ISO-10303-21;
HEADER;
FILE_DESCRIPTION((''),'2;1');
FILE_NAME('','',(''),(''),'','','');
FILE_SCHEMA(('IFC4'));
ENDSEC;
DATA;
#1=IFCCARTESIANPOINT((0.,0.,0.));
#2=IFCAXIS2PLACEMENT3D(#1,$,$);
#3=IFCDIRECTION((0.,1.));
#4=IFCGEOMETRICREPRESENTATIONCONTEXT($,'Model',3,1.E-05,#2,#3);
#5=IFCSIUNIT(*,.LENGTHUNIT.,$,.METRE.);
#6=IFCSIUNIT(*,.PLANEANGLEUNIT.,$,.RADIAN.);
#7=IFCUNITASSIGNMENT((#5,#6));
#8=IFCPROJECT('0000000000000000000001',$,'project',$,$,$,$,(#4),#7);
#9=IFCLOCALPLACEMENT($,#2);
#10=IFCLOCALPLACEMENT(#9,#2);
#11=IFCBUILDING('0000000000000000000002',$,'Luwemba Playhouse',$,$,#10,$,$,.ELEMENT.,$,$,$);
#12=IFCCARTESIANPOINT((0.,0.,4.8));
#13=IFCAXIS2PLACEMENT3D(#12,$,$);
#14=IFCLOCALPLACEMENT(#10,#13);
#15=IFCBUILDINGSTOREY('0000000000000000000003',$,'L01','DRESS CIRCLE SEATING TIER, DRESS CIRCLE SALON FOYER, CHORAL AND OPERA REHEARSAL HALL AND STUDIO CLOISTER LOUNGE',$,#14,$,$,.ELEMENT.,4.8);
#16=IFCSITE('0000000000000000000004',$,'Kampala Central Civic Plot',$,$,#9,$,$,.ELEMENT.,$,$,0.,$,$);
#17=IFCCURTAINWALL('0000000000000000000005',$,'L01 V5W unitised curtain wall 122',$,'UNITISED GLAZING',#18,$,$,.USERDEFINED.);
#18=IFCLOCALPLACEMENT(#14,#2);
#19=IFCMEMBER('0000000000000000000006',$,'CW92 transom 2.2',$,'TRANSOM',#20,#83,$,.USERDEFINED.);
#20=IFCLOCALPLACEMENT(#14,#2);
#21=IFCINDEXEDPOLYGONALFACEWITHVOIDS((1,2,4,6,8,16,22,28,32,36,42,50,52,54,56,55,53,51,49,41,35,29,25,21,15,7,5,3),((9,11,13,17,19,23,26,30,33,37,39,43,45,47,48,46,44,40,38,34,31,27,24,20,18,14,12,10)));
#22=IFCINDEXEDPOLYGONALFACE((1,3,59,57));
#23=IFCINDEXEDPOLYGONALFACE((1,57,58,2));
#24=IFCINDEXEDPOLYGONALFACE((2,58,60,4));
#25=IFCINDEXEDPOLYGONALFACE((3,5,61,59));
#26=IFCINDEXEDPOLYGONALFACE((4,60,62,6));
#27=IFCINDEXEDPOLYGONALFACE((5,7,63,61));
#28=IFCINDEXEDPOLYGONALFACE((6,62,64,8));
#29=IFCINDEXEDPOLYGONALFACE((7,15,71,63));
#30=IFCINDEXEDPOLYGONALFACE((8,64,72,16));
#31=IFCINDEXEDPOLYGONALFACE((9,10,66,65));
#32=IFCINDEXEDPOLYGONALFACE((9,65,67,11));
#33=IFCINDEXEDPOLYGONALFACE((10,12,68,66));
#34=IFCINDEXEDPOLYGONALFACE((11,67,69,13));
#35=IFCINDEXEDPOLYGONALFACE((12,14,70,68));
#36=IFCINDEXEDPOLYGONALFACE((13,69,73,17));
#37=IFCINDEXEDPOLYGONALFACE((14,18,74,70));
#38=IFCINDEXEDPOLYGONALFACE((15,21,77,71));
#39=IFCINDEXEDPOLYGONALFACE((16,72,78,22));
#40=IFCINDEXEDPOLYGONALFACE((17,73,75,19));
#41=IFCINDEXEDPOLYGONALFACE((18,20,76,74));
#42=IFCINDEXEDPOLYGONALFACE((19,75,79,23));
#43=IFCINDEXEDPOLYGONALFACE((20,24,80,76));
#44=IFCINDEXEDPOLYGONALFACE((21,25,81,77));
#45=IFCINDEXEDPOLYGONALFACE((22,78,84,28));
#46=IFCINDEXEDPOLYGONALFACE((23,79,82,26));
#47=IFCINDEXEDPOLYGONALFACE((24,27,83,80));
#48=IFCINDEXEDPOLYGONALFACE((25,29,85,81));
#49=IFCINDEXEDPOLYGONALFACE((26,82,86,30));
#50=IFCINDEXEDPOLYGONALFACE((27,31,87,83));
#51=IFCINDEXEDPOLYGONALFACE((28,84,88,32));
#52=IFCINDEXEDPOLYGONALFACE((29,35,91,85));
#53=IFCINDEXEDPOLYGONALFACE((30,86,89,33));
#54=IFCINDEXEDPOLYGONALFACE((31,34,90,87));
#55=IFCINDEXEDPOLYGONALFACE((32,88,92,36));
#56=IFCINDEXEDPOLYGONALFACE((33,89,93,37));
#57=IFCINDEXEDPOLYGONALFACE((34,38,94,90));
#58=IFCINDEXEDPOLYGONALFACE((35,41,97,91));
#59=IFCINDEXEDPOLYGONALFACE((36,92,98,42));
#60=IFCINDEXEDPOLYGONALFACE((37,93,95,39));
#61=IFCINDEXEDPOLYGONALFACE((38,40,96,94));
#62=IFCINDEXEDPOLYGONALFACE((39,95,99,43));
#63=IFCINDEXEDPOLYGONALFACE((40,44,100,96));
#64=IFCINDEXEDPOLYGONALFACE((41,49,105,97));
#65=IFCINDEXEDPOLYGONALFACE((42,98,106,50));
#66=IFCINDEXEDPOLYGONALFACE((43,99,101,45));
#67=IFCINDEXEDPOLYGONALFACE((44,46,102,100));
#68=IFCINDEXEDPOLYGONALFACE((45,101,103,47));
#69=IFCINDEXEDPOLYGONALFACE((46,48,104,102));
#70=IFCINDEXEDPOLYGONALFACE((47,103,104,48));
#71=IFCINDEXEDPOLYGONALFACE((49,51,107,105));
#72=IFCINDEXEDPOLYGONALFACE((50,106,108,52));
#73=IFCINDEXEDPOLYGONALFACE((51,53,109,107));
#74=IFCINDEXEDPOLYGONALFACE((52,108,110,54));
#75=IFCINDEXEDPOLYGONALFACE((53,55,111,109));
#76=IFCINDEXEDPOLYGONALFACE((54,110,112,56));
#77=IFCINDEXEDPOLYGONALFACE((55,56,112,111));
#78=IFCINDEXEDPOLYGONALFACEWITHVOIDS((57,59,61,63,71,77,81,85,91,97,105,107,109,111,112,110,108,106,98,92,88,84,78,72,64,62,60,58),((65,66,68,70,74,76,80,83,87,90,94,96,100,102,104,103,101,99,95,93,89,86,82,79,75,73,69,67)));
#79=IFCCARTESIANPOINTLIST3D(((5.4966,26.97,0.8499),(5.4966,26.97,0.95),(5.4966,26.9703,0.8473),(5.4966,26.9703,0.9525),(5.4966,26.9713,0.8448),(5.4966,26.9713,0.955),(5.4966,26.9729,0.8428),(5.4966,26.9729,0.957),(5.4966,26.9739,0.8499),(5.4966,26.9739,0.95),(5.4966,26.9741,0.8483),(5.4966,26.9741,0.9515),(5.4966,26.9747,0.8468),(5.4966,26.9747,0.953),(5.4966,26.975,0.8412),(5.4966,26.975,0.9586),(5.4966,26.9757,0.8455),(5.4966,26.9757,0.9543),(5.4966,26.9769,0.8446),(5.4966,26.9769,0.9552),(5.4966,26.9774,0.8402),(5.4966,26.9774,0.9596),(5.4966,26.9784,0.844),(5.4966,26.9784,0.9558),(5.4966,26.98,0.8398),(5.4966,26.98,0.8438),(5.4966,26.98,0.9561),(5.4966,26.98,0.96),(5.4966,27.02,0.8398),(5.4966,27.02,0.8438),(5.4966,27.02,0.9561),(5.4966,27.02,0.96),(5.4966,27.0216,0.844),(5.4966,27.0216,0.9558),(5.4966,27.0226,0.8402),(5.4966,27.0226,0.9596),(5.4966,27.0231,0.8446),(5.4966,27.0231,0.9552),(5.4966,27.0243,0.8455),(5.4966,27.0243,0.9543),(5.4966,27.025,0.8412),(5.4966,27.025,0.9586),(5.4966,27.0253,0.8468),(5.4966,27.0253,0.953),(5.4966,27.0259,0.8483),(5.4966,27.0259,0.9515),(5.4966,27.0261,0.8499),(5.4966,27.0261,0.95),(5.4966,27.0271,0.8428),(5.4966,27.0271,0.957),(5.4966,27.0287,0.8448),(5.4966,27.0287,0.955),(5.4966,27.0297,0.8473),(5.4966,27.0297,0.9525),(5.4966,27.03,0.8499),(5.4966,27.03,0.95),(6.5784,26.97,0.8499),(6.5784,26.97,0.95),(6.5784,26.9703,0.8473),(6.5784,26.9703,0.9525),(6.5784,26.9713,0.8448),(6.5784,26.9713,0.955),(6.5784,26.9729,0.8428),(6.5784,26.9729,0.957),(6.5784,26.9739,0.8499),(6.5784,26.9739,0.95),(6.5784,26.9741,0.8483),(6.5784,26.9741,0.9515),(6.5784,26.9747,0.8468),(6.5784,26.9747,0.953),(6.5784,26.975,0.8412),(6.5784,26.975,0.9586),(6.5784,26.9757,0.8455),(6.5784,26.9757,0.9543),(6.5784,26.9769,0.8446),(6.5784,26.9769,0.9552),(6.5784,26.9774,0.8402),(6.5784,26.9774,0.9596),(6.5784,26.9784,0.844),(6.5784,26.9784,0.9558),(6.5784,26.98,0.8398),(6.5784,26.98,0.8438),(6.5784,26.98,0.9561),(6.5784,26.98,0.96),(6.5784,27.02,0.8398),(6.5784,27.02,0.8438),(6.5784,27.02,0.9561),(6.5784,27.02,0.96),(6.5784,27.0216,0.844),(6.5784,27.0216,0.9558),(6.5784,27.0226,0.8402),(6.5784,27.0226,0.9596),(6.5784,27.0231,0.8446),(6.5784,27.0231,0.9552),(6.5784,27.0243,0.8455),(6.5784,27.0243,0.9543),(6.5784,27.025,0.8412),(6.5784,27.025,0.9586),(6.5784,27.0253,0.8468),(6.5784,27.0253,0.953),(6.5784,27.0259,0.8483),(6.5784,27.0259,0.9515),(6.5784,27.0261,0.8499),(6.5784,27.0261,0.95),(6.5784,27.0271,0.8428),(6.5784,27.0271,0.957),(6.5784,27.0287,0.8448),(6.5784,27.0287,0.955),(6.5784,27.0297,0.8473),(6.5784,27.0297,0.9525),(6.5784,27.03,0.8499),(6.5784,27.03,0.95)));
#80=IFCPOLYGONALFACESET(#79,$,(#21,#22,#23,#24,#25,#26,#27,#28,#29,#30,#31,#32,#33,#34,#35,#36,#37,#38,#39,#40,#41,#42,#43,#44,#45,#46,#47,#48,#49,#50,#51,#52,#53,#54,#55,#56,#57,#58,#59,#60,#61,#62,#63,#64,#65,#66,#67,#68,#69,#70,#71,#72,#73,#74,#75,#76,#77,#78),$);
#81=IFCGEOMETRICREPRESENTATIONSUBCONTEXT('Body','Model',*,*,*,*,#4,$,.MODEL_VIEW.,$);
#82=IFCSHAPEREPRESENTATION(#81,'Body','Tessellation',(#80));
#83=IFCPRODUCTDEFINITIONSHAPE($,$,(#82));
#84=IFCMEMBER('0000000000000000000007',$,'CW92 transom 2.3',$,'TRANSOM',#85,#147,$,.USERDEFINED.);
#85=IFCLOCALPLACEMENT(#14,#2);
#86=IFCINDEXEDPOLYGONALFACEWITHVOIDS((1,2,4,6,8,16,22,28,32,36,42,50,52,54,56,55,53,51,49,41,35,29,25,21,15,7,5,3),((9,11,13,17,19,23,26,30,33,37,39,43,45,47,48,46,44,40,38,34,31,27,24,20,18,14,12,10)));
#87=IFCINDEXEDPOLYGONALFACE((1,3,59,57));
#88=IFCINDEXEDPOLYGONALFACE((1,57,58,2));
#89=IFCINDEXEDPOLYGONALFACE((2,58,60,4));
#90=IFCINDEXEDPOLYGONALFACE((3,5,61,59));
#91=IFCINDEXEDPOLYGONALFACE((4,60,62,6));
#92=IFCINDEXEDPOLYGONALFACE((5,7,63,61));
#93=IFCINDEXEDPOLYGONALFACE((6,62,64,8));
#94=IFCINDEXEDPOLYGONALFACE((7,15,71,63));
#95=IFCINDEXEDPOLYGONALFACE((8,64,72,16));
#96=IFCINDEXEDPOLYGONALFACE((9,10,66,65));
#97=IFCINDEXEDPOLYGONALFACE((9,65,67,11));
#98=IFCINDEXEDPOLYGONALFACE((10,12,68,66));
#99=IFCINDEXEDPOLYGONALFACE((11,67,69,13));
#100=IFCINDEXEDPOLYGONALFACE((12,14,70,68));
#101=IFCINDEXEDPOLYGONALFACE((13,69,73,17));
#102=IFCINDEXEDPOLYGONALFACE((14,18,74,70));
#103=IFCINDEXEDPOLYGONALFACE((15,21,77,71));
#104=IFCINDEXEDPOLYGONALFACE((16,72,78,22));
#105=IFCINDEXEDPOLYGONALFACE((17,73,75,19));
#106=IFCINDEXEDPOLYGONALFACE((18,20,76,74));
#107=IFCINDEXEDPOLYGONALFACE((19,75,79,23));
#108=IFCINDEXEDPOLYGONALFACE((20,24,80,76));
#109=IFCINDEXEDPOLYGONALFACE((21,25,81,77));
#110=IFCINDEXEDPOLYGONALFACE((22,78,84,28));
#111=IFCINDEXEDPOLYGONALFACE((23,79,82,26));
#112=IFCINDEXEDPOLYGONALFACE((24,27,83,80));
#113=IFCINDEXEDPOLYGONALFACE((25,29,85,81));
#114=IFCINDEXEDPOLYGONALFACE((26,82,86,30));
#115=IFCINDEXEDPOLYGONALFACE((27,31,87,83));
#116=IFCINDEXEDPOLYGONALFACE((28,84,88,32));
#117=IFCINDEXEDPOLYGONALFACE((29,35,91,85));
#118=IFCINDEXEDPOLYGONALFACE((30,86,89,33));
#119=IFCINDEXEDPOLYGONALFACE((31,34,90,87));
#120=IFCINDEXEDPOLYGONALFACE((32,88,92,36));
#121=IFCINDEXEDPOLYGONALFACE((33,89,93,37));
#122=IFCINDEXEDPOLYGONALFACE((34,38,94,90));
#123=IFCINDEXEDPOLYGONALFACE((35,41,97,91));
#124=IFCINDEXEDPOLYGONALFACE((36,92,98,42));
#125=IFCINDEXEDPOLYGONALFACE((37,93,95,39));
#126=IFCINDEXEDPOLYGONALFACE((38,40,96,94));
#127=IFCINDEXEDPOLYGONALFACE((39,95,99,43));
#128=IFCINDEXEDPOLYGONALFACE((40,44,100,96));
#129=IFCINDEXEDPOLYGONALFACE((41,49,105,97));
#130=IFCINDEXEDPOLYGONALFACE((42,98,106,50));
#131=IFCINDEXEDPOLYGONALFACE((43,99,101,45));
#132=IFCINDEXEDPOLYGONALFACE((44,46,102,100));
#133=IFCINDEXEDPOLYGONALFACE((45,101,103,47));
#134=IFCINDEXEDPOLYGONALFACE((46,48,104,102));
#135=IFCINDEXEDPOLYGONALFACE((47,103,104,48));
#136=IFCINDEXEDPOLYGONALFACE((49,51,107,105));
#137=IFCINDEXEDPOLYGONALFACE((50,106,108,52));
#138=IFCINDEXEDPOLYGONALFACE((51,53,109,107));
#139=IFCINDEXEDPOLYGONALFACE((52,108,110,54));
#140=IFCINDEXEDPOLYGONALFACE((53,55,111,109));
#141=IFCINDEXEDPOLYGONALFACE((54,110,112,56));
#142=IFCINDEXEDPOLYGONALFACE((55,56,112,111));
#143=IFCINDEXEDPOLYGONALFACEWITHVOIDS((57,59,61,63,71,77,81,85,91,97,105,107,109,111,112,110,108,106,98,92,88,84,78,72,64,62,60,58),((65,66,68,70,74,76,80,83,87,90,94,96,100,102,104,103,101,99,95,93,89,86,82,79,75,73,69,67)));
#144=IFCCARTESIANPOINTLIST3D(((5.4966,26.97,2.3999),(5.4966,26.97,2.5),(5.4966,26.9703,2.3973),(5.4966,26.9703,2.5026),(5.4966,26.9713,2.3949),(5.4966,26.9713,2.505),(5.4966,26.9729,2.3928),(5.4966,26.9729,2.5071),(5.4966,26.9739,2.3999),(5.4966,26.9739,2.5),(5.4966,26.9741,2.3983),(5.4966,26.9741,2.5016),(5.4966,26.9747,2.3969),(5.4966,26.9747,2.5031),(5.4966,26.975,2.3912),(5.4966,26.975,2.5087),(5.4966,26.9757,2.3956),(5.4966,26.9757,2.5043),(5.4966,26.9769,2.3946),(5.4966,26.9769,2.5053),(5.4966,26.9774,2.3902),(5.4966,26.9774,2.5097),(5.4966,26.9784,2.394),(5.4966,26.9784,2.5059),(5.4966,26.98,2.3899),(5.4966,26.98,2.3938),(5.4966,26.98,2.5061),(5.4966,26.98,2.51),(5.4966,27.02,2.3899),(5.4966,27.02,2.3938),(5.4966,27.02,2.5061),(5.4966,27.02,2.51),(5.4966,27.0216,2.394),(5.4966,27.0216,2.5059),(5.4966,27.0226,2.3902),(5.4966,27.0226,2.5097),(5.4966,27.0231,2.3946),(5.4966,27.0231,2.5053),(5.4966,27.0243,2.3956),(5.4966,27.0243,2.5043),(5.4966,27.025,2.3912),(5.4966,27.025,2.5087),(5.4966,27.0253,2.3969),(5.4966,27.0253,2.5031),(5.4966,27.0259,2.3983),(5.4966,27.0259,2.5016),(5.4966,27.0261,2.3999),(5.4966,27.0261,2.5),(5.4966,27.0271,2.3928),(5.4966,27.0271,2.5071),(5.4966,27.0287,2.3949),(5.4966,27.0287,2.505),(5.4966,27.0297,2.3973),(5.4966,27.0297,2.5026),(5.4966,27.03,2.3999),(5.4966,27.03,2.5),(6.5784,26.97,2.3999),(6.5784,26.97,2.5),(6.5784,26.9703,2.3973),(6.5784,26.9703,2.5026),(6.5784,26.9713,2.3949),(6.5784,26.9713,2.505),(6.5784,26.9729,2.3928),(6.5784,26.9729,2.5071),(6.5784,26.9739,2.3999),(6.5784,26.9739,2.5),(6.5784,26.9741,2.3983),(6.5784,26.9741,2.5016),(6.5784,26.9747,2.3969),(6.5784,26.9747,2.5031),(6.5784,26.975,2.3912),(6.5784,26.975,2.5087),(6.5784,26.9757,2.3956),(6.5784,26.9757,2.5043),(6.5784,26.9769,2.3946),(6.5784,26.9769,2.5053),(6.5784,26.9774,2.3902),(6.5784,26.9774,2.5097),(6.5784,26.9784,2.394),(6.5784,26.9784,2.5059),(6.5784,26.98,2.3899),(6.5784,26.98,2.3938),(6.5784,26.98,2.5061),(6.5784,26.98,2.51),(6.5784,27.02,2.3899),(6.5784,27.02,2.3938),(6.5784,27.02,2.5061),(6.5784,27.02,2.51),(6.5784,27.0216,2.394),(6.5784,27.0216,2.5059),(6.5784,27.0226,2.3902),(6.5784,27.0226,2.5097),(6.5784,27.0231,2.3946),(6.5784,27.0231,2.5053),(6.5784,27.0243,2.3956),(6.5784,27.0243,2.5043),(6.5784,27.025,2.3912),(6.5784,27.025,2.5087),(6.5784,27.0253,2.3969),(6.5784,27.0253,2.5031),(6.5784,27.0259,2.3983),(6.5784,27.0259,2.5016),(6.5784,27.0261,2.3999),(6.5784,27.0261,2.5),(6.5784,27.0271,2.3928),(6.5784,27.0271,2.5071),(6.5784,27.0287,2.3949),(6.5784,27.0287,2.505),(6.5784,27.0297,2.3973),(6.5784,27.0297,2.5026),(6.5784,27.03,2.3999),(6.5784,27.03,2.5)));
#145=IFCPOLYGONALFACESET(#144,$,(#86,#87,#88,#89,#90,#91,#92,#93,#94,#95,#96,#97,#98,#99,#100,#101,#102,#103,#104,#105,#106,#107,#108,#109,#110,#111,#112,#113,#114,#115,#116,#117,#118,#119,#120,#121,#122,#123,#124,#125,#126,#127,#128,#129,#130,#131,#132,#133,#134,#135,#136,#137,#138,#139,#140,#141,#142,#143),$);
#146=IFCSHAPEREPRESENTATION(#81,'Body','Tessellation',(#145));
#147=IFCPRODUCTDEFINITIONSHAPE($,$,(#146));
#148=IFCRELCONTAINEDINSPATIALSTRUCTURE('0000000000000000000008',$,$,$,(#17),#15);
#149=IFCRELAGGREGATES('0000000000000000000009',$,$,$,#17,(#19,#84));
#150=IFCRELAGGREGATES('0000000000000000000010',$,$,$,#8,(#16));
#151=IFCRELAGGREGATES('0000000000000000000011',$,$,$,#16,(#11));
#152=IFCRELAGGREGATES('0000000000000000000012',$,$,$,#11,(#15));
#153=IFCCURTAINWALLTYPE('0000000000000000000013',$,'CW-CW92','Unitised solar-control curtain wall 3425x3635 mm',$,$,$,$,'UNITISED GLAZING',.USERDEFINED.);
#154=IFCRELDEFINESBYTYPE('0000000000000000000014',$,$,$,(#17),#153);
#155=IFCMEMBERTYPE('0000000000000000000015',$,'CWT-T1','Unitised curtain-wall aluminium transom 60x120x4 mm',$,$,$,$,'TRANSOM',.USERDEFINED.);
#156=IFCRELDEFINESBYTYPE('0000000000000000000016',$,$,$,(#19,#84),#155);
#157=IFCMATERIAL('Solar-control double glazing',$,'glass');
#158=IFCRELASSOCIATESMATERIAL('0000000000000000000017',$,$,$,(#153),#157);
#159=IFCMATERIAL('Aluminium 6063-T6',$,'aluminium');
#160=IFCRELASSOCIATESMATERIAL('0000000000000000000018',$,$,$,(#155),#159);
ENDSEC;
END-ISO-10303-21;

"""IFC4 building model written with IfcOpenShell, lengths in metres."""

from ifc_helpers import new_model, si_unit, direction, frame, origin, origin_2d, place, context, subcontext, project, spatial, hollow_rectangle, extrude, material, material_profile, profile_set, type_object, element, aggregate, save


model = new_model("IFC4")

# Units and contexts
model_context = context("Model", 3, precision=1e-05, world=origin(), true_north=direction((0.0, 1.0)))
body_context = subcontext(model_context, "Body", "Model", "MODEL_VIEW")
ifc_project = project(units=[si_unit("LENGTHUNIT", "METRE"), si_unit("PLANEANGLEUNIT", "RADIAN")], contexts=[model_context])

# Site, building, storey
site_placement = place(None, origin())
site = spatial("IfcSite", under=ifc_project, at=site_placement, Name="Kampala Central Civic Plot", CompositionType="ELEMENT", RefElevation=0.0)
building_placement = place(site_placement, origin())
building = spatial("IfcBuilding", under=site, at=building_placement, Name="Luwemba Playhouse", CompositionType="ELEMENT")
storey_placement = place(building_placement, frame((0.0, 0.0, 4.8)))
storey = spatial("IfcBuildingStorey", under=building, at=storey_placement, Name="L01", Description="DRESS CIRCLE SEATING TIER, DRESS CIRCLE SALON FOYER, CHORAL AND OPERA REHEARSAL HALL AND STUDIO CLOISTER LOUNGE", CompositionType="ELEMENT", Elevation=4.8)

# Curtain wall
ifc_material_1 = material(Name="Solar-control double glazing", Category="glass")
curtain_wall_type_1 = type_object("IfcCurtainWallType", Name="CW-CW92", Description="Unitised solar-control curtain wall 3425x3635 mm", ElementType="UNITISED GLAZING", PredefinedType="USERDEFINED", material=ifc_material_1)
curtain_wall_1_placement = place(storey_placement, origin())
curtain_wall_1 = element("IfcCurtainWall", 1, at=curtain_wall_1_placement, inside=storey, type_object=curtain_wall_type_1, Name="L01 V5W unitised curtain wall 122", ObjectType="UNITISED GLAZING", PredefinedType="USERDEFINED")
ifc_material_2 = material(Name="Aluminium 6063-T6", Category="aluminium")

# Members
ifc_material_profile_1 = material_profile(ifc_material_2, hollow_rectangle(XDim=0.0601, YDim=0.1201, WallThickness=0.0039, InnerFilletRadius=0.0061, OuterFilletRadius=0.01, at=origin_2d()))
ifc_profile_set_1 = profile_set([ifc_material_profile_1], Name="Aluminium 6063-T6")
member_type_1 = type_object("IfcMemberType", Name="CWT-T1", Description="Unitised curtain-wall aluminium transom 60x120x4 mm", ElementType="TRANSOM", PredefinedType="USERDEFINED", material=ifc_profile_set_1)
member_1_placement = place(storey_placement, frame((5.4966, 27.0, 0.8999), z_axis=(1.0, 0.0, 0.0), x_axis=(0.0, 1.0, 0.0)))
member_1 = element("IfcMember", 2, at=member_1_placement, type_object=member_type_1, Name="CW92 transom 2.2", ObjectType="TRANSOM", PredefinedType="USERDEFINED", context=body_context, shape_type="SweptSolid", body=[
    extrude(hollow_rectangle(XDim=0.0601, YDim=0.1201, WallThickness=0.0039, InnerFilletRadius=0.0061, OuterFilletRadius=0.01, at=origin_2d()), origin(), (0.0, 0.0, 1.0), 1.0818),
])
member_2_placement = place(storey_placement, frame((5.4966, 27.0, 2.45), z_axis=(1.0, 0.0, 0.0), x_axis=(0.0, 1.0, 0.0)))
member_2 = element("IfcMember", 3, at=member_2_placement, type_object=member_type_1, Name="CW92 transom 2.3", ObjectType="TRANSOM", PredefinedType="USERDEFINED", context=body_context, shape_type="SweptSolid", body=[
    extrude(hollow_rectangle(XDim=0.0601, YDim=0.1201, WallThickness=0.0039, InnerFilletRadius=0.0061, OuterFilletRadius=0.01, at=origin_2d()), origin(), (0.0, 0.0, 1.0), 1.0818),
])

aggregate(curtain_wall_1, [member_1, member_2])

save(model, "model.ifc")
